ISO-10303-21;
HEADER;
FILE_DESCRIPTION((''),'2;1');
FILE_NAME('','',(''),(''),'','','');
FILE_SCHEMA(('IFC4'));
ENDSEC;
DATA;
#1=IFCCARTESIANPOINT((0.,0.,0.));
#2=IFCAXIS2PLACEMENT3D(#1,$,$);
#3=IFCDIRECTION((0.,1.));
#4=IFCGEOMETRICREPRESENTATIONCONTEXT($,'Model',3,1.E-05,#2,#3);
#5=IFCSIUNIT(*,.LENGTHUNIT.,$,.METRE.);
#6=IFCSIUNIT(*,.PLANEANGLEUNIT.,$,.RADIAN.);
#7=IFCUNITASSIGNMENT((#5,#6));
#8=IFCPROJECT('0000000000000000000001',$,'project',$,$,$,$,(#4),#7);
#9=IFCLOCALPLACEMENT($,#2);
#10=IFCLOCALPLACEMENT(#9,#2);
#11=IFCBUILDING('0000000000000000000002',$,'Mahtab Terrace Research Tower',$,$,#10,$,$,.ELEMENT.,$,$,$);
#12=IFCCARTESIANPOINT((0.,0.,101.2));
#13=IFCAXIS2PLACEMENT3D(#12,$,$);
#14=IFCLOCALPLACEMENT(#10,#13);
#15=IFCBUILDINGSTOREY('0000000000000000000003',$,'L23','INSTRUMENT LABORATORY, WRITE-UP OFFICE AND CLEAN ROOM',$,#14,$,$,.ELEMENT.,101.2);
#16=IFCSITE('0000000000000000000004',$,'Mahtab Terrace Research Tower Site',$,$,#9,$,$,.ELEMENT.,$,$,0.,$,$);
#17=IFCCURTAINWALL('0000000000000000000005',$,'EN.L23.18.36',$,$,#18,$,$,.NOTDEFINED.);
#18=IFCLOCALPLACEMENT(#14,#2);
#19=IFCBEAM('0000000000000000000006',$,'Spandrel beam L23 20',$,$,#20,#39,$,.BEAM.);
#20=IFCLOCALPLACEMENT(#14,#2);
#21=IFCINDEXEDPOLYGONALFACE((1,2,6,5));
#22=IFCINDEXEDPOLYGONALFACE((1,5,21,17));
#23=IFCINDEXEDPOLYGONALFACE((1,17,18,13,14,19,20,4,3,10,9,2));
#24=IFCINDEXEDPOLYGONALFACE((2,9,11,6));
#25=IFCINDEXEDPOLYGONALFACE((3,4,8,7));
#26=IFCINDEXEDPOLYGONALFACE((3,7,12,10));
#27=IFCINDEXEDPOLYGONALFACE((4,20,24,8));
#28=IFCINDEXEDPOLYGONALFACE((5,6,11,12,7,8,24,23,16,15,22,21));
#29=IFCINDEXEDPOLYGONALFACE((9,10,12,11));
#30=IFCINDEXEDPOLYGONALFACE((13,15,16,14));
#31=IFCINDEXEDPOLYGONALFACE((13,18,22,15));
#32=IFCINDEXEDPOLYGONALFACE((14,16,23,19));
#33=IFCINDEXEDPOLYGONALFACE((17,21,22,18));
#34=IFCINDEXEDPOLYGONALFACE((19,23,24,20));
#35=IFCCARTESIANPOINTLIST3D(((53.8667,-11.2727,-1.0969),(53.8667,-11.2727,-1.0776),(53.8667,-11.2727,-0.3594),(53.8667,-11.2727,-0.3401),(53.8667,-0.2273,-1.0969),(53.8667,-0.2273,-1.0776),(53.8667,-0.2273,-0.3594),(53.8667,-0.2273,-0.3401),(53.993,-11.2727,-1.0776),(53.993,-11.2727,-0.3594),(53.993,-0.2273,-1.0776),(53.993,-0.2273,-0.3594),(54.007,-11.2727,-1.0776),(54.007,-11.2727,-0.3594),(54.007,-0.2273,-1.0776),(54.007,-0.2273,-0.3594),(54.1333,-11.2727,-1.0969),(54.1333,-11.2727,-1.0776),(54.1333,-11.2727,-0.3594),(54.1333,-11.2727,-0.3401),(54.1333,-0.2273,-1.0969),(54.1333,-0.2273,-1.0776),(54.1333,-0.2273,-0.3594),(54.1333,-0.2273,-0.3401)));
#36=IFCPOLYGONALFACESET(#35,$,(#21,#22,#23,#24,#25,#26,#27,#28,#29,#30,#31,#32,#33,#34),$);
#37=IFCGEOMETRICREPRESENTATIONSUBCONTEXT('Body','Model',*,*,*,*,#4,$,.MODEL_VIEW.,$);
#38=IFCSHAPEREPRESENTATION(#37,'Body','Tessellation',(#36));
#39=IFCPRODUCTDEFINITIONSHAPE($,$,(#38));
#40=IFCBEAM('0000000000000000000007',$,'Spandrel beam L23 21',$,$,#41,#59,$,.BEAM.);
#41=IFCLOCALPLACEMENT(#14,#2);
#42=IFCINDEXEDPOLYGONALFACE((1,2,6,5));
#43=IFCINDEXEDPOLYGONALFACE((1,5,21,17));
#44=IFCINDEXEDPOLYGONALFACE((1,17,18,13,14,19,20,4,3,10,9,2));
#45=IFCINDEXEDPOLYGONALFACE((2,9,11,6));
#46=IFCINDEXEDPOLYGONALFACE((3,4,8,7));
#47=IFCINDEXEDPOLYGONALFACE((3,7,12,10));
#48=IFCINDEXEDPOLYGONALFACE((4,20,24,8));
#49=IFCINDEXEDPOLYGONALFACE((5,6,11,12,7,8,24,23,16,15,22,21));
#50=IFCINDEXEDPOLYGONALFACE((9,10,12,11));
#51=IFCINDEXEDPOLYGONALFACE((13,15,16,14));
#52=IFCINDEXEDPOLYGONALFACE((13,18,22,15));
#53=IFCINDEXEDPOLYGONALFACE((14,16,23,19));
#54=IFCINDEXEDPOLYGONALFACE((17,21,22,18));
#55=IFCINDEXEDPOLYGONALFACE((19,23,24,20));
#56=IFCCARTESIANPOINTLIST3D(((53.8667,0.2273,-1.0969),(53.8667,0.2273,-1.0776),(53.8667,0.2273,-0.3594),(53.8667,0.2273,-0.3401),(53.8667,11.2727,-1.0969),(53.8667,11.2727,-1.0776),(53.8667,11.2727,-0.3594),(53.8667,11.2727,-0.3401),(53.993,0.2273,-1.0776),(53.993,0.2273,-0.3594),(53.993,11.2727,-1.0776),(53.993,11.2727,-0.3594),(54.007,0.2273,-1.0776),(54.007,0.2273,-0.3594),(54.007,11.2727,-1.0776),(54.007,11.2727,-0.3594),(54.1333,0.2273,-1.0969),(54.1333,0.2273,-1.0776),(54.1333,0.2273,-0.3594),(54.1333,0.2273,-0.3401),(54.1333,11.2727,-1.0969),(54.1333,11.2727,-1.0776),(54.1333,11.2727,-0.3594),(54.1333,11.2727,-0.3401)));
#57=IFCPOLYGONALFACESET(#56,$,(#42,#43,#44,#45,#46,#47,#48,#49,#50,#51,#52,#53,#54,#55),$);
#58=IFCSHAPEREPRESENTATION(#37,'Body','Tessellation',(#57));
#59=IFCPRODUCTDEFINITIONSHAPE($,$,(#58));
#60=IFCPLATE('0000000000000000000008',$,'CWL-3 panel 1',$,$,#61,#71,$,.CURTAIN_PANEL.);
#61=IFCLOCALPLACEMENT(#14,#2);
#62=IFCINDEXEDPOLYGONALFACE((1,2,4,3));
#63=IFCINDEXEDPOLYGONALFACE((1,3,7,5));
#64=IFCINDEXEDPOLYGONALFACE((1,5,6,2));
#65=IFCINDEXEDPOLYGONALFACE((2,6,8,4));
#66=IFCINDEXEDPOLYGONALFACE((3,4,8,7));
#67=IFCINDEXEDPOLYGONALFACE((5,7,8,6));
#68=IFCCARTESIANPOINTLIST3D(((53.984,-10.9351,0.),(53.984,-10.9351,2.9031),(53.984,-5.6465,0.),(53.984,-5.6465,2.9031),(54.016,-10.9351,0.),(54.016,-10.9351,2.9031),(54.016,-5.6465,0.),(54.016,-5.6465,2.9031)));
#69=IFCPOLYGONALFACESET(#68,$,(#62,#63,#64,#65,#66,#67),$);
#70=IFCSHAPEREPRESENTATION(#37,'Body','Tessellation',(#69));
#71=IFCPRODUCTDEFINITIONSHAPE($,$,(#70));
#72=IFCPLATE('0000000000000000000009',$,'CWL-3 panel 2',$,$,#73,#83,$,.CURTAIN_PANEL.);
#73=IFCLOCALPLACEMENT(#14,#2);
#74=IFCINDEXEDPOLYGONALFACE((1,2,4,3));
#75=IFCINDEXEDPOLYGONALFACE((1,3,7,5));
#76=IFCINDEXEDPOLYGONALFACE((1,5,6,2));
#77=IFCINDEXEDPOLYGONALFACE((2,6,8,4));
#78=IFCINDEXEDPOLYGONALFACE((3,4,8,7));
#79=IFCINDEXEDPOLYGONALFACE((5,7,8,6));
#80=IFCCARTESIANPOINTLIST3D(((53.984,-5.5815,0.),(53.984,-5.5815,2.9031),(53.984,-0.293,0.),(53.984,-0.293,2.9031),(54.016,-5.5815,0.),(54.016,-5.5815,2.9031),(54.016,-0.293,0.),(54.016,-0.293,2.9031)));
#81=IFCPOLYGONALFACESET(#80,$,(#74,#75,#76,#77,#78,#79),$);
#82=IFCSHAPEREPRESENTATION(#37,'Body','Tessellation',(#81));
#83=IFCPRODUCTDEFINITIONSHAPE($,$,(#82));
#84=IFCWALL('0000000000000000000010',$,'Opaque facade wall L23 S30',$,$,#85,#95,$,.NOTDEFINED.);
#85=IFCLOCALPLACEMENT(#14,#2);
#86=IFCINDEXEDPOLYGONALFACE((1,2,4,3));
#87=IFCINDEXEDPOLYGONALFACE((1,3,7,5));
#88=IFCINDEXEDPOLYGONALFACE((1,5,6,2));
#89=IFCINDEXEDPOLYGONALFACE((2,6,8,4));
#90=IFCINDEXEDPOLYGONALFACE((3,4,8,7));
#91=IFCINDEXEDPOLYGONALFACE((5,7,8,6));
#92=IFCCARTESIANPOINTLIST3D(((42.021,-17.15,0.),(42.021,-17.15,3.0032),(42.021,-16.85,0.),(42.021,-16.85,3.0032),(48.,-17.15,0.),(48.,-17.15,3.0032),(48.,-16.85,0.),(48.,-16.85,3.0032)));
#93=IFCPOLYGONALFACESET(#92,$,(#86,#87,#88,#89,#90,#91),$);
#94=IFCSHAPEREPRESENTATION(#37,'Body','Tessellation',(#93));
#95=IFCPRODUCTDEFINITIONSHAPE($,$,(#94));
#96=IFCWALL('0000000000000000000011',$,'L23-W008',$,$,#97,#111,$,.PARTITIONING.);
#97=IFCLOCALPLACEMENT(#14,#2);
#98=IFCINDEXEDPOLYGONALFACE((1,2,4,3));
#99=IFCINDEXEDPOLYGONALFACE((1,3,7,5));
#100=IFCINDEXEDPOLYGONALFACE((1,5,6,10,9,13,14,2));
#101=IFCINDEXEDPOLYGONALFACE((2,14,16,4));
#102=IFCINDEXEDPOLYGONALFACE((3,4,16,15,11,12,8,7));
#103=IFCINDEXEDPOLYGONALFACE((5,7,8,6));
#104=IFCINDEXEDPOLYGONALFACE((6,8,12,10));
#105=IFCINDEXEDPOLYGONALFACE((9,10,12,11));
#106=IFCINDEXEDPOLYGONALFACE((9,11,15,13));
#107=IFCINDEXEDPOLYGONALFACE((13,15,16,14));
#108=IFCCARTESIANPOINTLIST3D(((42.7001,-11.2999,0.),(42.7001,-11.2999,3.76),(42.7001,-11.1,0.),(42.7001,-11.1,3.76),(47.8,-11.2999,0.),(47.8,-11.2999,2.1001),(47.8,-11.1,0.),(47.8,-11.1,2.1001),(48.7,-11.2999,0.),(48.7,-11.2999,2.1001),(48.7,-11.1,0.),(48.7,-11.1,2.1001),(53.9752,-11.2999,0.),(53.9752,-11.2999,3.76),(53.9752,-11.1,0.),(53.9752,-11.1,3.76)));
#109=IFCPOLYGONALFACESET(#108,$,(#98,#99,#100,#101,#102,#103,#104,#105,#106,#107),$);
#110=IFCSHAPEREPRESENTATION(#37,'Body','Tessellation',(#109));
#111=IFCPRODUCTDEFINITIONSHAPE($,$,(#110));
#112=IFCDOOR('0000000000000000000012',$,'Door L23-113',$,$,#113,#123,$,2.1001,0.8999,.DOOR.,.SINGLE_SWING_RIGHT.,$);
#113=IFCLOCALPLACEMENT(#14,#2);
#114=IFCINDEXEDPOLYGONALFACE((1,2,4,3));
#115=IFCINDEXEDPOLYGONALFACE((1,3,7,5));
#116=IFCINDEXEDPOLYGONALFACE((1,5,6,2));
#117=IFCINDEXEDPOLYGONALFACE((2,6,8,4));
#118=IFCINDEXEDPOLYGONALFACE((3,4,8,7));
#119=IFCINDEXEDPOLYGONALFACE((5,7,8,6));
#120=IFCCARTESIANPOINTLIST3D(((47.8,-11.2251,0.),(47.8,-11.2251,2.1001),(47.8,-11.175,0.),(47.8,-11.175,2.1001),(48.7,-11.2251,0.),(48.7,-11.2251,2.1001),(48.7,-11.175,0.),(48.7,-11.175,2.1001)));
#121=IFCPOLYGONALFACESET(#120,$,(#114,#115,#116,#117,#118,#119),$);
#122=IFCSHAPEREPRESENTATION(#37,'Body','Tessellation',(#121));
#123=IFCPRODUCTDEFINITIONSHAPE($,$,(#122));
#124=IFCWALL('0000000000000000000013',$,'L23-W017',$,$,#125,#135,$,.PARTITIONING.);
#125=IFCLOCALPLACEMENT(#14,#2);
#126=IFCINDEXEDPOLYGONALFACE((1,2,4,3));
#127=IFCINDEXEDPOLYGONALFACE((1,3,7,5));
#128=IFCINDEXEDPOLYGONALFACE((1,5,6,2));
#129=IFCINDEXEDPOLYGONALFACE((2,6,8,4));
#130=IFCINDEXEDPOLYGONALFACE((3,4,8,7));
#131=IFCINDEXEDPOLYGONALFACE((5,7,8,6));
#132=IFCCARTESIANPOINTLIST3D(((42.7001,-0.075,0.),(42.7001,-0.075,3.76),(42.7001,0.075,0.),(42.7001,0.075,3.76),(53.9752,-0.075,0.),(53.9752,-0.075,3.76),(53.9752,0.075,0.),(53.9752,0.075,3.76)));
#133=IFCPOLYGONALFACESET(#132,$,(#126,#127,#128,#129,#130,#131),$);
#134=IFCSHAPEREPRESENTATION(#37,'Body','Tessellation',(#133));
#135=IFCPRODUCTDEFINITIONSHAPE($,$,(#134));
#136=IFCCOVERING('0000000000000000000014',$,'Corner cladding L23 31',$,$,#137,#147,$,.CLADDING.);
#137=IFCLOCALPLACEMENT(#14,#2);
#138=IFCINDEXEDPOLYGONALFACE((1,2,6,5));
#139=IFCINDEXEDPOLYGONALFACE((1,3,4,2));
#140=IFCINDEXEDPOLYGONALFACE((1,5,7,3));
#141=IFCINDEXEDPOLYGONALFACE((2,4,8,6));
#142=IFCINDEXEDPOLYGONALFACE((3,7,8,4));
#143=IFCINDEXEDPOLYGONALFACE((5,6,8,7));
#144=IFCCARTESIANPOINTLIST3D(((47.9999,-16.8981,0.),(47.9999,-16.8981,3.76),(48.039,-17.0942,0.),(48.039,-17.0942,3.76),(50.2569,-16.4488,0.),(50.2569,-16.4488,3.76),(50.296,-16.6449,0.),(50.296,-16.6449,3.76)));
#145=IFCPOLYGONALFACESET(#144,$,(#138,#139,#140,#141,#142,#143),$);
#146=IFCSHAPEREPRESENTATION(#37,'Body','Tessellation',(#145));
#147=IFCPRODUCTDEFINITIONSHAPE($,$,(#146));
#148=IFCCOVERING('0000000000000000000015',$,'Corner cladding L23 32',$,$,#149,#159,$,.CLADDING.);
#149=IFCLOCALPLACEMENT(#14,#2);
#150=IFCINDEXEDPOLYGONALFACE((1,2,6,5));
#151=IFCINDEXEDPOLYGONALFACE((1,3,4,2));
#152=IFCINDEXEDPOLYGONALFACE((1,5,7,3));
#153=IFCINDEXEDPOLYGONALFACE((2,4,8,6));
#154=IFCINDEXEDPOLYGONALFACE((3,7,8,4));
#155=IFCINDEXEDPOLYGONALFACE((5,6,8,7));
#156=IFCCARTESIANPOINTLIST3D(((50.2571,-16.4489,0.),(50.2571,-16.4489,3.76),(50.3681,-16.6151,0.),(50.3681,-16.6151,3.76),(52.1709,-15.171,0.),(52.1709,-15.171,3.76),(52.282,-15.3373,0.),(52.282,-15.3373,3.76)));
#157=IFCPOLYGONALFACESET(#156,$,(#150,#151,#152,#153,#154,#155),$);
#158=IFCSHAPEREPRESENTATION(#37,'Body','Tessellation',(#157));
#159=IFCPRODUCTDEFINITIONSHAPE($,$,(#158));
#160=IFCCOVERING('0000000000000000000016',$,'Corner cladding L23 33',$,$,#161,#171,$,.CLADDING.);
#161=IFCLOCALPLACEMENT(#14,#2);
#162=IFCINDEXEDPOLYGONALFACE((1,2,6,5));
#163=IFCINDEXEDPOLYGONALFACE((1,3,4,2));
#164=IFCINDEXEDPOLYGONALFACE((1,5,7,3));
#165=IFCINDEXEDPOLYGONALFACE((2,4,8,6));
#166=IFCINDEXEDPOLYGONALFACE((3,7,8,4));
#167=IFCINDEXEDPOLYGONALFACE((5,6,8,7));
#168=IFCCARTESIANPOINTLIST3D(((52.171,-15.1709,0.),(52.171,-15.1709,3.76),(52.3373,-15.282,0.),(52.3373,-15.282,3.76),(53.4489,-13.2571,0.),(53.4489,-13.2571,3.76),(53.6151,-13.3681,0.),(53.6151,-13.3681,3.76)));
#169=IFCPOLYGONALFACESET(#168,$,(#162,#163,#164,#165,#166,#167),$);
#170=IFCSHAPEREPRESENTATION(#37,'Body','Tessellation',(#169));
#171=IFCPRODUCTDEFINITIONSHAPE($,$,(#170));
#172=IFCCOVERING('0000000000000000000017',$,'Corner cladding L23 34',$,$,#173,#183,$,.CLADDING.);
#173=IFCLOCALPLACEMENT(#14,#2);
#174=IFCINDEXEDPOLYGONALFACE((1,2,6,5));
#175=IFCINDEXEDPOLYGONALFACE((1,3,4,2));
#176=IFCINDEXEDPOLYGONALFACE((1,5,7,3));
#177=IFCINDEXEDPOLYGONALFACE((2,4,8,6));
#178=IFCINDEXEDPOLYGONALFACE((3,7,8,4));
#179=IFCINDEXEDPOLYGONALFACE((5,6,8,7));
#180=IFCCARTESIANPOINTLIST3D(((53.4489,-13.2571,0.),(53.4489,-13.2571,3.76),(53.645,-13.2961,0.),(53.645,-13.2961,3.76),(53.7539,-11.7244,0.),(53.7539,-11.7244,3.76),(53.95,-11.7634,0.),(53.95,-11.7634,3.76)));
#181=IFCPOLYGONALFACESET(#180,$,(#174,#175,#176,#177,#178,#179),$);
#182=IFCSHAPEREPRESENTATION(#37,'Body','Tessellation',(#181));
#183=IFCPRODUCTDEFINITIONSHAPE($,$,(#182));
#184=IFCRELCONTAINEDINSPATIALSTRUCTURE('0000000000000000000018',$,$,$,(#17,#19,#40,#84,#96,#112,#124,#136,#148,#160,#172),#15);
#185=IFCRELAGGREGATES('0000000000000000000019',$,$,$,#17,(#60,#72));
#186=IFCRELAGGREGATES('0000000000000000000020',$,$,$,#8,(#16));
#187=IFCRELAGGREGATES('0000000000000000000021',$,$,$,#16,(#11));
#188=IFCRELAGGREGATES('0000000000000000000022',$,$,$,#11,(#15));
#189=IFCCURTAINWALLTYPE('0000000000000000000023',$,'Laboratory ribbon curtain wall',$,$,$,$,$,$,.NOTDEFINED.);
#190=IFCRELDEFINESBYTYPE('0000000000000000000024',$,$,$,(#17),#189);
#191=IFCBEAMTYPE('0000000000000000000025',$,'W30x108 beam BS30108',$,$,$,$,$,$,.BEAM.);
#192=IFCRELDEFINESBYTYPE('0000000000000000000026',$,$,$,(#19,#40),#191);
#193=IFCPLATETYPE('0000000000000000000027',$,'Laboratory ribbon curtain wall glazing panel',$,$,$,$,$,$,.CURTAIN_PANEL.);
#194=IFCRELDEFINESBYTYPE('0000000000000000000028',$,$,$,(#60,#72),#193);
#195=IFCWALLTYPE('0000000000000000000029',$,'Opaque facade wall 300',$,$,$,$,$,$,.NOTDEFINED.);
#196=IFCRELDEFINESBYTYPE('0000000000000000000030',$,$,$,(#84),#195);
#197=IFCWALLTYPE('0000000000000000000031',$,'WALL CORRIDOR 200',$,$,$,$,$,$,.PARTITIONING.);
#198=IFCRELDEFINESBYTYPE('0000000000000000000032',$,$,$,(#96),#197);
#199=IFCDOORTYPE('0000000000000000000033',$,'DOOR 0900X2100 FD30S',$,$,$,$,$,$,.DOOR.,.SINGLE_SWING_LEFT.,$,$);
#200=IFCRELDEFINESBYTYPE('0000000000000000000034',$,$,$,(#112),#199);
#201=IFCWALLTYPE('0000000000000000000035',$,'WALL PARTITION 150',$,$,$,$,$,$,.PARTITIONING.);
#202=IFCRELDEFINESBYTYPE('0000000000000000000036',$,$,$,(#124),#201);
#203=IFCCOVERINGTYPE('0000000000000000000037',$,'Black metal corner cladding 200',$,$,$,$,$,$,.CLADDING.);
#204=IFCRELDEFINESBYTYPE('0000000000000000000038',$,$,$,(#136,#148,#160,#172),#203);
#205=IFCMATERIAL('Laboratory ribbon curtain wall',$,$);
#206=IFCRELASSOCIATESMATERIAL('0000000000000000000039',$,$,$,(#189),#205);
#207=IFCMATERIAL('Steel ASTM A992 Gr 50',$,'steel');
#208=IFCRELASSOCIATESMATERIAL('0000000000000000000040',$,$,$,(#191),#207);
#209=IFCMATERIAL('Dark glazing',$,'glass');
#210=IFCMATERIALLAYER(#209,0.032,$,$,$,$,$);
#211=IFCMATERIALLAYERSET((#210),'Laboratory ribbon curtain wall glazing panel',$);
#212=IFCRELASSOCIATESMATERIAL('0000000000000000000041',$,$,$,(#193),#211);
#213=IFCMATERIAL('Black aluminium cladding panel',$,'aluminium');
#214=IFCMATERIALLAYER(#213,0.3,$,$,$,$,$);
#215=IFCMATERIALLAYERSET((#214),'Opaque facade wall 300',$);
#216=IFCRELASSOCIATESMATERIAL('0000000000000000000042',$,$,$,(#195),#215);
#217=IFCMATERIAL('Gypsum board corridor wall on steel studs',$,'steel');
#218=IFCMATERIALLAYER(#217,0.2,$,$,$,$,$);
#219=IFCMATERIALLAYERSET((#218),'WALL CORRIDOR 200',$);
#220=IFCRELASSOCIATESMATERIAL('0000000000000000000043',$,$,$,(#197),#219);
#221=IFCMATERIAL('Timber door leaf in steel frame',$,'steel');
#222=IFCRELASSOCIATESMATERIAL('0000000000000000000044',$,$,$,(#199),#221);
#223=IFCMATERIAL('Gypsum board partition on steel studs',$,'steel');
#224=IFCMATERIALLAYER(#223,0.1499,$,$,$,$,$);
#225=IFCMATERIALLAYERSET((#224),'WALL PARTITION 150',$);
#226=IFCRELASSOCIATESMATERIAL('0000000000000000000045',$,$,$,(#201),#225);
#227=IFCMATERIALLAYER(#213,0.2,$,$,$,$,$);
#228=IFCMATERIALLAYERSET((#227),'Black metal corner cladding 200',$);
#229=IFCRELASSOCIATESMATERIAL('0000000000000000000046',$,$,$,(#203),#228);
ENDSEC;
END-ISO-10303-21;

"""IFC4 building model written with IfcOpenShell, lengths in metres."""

from ifc_helpers import new_model, si_unit, direction, frame, frame_2d, origin, origin_2d, place, context, subcontext, project, spatial, rectangle, i_section, extrude, material, layer, layer_set, material_profile, profile_set, type_object, element, fill, aggregate, save


model = new_model("IFC4")

# Units and contexts
model_context = context("Model", 3, precision=1e-05, world=origin(), true_north=direction((0.0, 1.0)))
body_context = subcontext(model_context, "Body", "Model", "MODEL_VIEW")
ifc_project = project(units=[si_unit("LENGTHUNIT", "METRE"), si_unit("PLANEANGLEUNIT", "RADIAN")], contexts=[model_context])

# Site, building, storey
site_placement = place(None, origin())
site = spatial("IfcSite", under=ifc_project, at=site_placement, Name="Mahtab Terrace Research Tower Site", CompositionType="ELEMENT", RefElevation=0.0)
building_placement = place(site_placement, origin())
building = spatial("IfcBuilding", under=site, at=building_placement, Name="Mahtab Terrace Research Tower", CompositionType="ELEMENT")
storey_placement = place(building_placement, frame((0.0, 0.0, 101.2)))
storey = spatial("IfcBuildingStorey", under=building, at=storey_placement, Name="L23", Description="INSTRUMENT LABORATORY, WRITE-UP OFFICE AND CLEAN ROOM", CompositionType="ELEMENT", Elevation=101.2)

# Shared definitions
ifc_material_1 = material(Name="Steel ASTM A992 Gr 50", Category="steel")

# Curtain wall
ifc_material_2 = material(Name="Laboratory ribbon curtain wall")
curtain_wall_type = type_object("IfcCurtainWallType", Name="Laboratory ribbon curtain wall", PredefinedType="NOTDEFINED", material=ifc_material_2)
curtain_wall_1_placement = place(storey_placement, origin())
curtain_wall_1 = element("IfcCurtainWall", 1, at=curtain_wall_1_placement, inside=storey, type_object=curtain_wall_type, Name="EN.L23.18.36", PredefinedType="NOTDEFINED")

# Beams
ifc_material_profile_1 = material_profile(ifc_material_1, i_section(OverallWidth=0.2666, OverallDepth=0.7568, WebThickness=0.0139, FlangeThickness=0.0193, at=origin_2d()), Name="W30X108")
ifc_profile_set_1 = profile_set([ifc_material_profile_1], Name="Steel ASTM A992 Gr 50")
beam_type = type_object("IfcBeamType", Name="W30x108 beam BS30108", PredefinedType="BEAM", material=ifc_profile_set_1)
for number, where, z_axis, x_axis, name in (
    (2, (54.0, -11.2727, -0.7185), (0.0, 1.0, 0.0), (-1.0, 0.0, 0.0), "Spandrel beam L23 20"),
    (3, (54.0, 0.2273, -0.7185), (0.0, 1.0, 0.0), (-1.0, 0.0, 0.0), "Spandrel beam L23 21"),
):
    element("IfcBeam", number, at=place(storey_placement, frame(where, z_axis=z_axis, x_axis=x_axis)), inside=storey, type_object=beam_type, Name=name, PredefinedType="BEAM", context=body_context, shape_type="SweptSolid", body=[
        extrude(i_section(OverallWidth=0.2666, OverallDepth=0.7568, WebThickness=0.0139, FlangeThickness=0.0193, at=origin_2d()), origin(), (0.0, 0.0, 1.0), 11.0454),
    ])

# Plates
ifc_material_3 = material(Name="Dark glazing", Category="glass")
ifc_layer_1 = layer(ifc_material_3, 0.032)
ifc_layer_set_1 = layer_set([ifc_layer_1], Name="Laboratory ribbon curtain wall glazing panel")
plate_type = type_object("IfcPlateType", Name="Laboratory ribbon curtain wall glazing panel", PredefinedType="CURTAIN_PANEL", material=ifc_layer_set_1)
plate_1_placement = place(storey_placement, frame((54.0, -8.2908, 0.0), z_axis=(0.0, 0.0, 1.0), x_axis=(0.0, 1.0, 0.0)))
plate_1 = element("IfcPlate", 4, at=plate_1_placement, type_object=plate_type, Name="CWL-3 panel 1", PredefinedType="CURTAIN_PANEL", context=body_context, shape_type="SweptSolid", body=[
    extrude(rectangle(XDim=5.2886, YDim=0.032, at=origin_2d()), origin(), (0.0, 0.0, 1.0), 2.9031),
])
plate_2_placement = place(storey_placement, frame((54.0, -2.9373, 0.0), z_axis=(0.0, 0.0, 1.0), x_axis=(0.0, 1.0, 0.0)))
plate_2 = element("IfcPlate", 5, at=plate_2_placement, type_object=plate_type, Name="CWL-3 panel 2", PredefinedType="CURTAIN_PANEL", context=body_context, shape_type="SweptSolid", body=[
    extrude(rectangle(XDim=5.2886, YDim=0.032, at=origin_2d()), origin(), (0.0, 0.0, 1.0), 2.9031),
])
aggregate(curtain_wall_1, [plate_1, plate_2])

# Wall
ifc_material_4 = material(Name="Black aluminium cladding panel", Category="aluminium")
ifc_layer_2 = layer(ifc_material_4, 0.3)
ifc_layer_set_2 = layer_set([ifc_layer_2], Name="Opaque facade wall 300")
wall_type_1 = type_object("IfcWallType", Name="Opaque facade wall 300", PredefinedType="NOTDEFINED", material=ifc_layer_set_2)
wall_1_placement = place(storey_placement, frame((42.021, -17.0, 0.0), z_axis=(0.0, 0.0, 1.0), x_axis=(1.0, 0.0, 0.0)))
element("IfcWall", 6, at=wall_1_placement, inside=storey, type_object=wall_type_1, Name="Opaque facade wall L23 S30", PredefinedType="NOTDEFINED", context=body_context, shape_type="SweptSolid", body=[
    extrude(rectangle(XDim=5.979, YDim=0.3, at=frame_2d((2.9895, 0.0))), origin(), (0.0, 0.0, 1.0), 3.0032),
])

# Wall, opening, door
ifc_material_5 = material(Name="Gypsum board corridor wall on steel studs", Category="steel")
ifc_layer_3 = layer(ifc_material_5, 0.2)
ifc_layer_set_3 = layer_set([ifc_layer_3], Name="WALL CORRIDOR 200")
wall_type_2 = type_object("IfcWallType", Name="WALL CORRIDOR 200", PredefinedType="PARTITIONING", material=ifc_layer_set_3)
wall_2_placement = place(storey_placement, frame((42.7, -11.2, 0.0), z_axis=(0.0, 0.0, 1.0), x_axis=(1.0, 0.0, 0.0)))
wall_2 = element("IfcWall", 7, at=wall_2_placement, inside=storey, type_object=wall_type_2, Name="L23-W008", PredefinedType="PARTITIONING", context=body_context, shape_type="SweptSolid", body=[
    extrude(rectangle(XDim=11.2751, YDim=0.2, at=frame_2d((5.6377, 0.0))), origin(), (0.0, 0.0, 1.0), 3.76),
])
opening_placement = place(wall_2_placement, frame((5.1001, 0.0, 0.0)))
opening = element("IfcOpeningElement", 8, at=opening_placement, cuts=wall_2, PredefinedType="OPENING", context=body_context, shape_type="SweptSolid", body=[
    extrude(rectangle(XDim=0.8999, YDim=2.1001, at=frame_2d((0.45, 1.05))), frame((0.0, 0.1099, 0.0), z_axis=(0.0, -1.0, 0.0), x_axis=(1.0, 0.0, 0.0)), (0.0, 0.0, 1.0), 0.22),
])
ifc_material_6 = material(Name="Timber door leaf in steel frame", Category="steel")
door_type = type_object("IfcDoorType", Name="DOOR 0900X2100 FD30S", OperationType="SINGLE_SWING_LEFT", PredefinedType="DOOR", material=ifc_material_6)
door_placement = place(opening_placement, origin())
door = element("IfcDoor", 9, at=door_placement, inside=storey, type_object=door_type, Name="Door L23-113", OperationType="SINGLE_SWING_RIGHT", OverallHeight=2.1001, OverallWidth=0.8999, PredefinedType="DOOR", context=body_context, shape_type="SweptSolid", body=[
    extrude(rectangle(XDim=0.8999, YDim=2.1001, at=frame_2d((0.45, 1.05))), frame((0.0, 0.0249, 0.0), z_axis=(0.0, -1.0, 0.0), x_axis=(1.0, 0.0, 0.0)), (0.0, 0.0, 1.0), 0.05),
])
fill(opening, door)

# Wall
ifc_material_7 = material(Name="Gypsum board partition on steel studs", Category="steel")
ifc_layer_4 = layer(ifc_material_7, 0.1499)
ifc_layer_set_4 = layer_set([ifc_layer_4], Name="WALL PARTITION 150")
wall_type_3 = type_object("IfcWallType", Name="WALL PARTITION 150", PredefinedType="PARTITIONING", material=ifc_layer_set_4)
wall_3_placement = place(storey_placement, frame((42.7, 0.0, 0.0), z_axis=(0.0, 0.0, 1.0), x_axis=(1.0, 0.0, 0.0)))
element("IfcWall", 10, at=wall_3_placement, inside=storey, type_object=wall_type_3, Name="L23-W017", PredefinedType="PARTITIONING", context=body_context, shape_type="SweptSolid", body=[
    extrude(rectangle(XDim=11.2751, YDim=0.1499, at=frame_2d((5.6377, 0.0))), origin(), (0.0, 0.0, 1.0), 3.76),
])

# Coverings
ifc_layer_5 = layer(ifc_material_4, 0.2)
ifc_layer_set_5 = layer_set([ifc_layer_5], Name="Black metal corner cladding 200")
covering_type_1 = type_object("IfcCoveringType", Name="Black metal corner cladding 200", PredefinedType="CLADDING", material=ifc_layer_set_5)
for number, where, z_axis, x_axis, name in (
    (11, (49.1479, -16.7715, 0.0), (0.0, 0.0, 1.0), (0.980761, 0.195212, 0.0), "Corner cladding L23 31"),
    (12, (51.2695, -15.8931, 0.0), (0.0, 0.0, 1.0), (0.831656, 0.555291, 0.0), "Corner cladding L23 32"),
    (13, (52.8931, -14.2695, 0.0), (0.0, 0.0, 1.0), (0.555291, 0.831656, 0.0), "Corner cladding L23 33"),
):
    element("IfcCovering", number, at=place(storey_placement, frame(where, z_axis=z_axis, x_axis=x_axis)), inside=storey, type_object=covering_type_1, Name=name, PredefinedType="CLADDING", context=body_context, shape_type="SweptSolid", body=[
        extrude(rectangle(XDim=2.3013, YDim=0.2, at=origin_2d()), origin(), (0.0, 0.0, 1.0), 3.76),
    ])
covering_1_placement = place(storey_placement, frame((53.6995, -12.5103, 0.0), z_axis=(0.0, 0.0, 1.0), x_axis=(0.195212, 0.980761, 0.0)))
element("IfcCovering", 14, at=covering_1_placement, inside=storey, type_object=covering_type_1, Name="Corner cladding L23 34", PredefinedType="CLADDING", context=body_context, shape_type="SweptSolid", body=[
    extrude(rectangle(XDim=1.5627, YDim=0.2, at=origin_2d()), origin(), (0.0, 0.0, 1.0), 3.76),
])

save(model, "model.ifc")
